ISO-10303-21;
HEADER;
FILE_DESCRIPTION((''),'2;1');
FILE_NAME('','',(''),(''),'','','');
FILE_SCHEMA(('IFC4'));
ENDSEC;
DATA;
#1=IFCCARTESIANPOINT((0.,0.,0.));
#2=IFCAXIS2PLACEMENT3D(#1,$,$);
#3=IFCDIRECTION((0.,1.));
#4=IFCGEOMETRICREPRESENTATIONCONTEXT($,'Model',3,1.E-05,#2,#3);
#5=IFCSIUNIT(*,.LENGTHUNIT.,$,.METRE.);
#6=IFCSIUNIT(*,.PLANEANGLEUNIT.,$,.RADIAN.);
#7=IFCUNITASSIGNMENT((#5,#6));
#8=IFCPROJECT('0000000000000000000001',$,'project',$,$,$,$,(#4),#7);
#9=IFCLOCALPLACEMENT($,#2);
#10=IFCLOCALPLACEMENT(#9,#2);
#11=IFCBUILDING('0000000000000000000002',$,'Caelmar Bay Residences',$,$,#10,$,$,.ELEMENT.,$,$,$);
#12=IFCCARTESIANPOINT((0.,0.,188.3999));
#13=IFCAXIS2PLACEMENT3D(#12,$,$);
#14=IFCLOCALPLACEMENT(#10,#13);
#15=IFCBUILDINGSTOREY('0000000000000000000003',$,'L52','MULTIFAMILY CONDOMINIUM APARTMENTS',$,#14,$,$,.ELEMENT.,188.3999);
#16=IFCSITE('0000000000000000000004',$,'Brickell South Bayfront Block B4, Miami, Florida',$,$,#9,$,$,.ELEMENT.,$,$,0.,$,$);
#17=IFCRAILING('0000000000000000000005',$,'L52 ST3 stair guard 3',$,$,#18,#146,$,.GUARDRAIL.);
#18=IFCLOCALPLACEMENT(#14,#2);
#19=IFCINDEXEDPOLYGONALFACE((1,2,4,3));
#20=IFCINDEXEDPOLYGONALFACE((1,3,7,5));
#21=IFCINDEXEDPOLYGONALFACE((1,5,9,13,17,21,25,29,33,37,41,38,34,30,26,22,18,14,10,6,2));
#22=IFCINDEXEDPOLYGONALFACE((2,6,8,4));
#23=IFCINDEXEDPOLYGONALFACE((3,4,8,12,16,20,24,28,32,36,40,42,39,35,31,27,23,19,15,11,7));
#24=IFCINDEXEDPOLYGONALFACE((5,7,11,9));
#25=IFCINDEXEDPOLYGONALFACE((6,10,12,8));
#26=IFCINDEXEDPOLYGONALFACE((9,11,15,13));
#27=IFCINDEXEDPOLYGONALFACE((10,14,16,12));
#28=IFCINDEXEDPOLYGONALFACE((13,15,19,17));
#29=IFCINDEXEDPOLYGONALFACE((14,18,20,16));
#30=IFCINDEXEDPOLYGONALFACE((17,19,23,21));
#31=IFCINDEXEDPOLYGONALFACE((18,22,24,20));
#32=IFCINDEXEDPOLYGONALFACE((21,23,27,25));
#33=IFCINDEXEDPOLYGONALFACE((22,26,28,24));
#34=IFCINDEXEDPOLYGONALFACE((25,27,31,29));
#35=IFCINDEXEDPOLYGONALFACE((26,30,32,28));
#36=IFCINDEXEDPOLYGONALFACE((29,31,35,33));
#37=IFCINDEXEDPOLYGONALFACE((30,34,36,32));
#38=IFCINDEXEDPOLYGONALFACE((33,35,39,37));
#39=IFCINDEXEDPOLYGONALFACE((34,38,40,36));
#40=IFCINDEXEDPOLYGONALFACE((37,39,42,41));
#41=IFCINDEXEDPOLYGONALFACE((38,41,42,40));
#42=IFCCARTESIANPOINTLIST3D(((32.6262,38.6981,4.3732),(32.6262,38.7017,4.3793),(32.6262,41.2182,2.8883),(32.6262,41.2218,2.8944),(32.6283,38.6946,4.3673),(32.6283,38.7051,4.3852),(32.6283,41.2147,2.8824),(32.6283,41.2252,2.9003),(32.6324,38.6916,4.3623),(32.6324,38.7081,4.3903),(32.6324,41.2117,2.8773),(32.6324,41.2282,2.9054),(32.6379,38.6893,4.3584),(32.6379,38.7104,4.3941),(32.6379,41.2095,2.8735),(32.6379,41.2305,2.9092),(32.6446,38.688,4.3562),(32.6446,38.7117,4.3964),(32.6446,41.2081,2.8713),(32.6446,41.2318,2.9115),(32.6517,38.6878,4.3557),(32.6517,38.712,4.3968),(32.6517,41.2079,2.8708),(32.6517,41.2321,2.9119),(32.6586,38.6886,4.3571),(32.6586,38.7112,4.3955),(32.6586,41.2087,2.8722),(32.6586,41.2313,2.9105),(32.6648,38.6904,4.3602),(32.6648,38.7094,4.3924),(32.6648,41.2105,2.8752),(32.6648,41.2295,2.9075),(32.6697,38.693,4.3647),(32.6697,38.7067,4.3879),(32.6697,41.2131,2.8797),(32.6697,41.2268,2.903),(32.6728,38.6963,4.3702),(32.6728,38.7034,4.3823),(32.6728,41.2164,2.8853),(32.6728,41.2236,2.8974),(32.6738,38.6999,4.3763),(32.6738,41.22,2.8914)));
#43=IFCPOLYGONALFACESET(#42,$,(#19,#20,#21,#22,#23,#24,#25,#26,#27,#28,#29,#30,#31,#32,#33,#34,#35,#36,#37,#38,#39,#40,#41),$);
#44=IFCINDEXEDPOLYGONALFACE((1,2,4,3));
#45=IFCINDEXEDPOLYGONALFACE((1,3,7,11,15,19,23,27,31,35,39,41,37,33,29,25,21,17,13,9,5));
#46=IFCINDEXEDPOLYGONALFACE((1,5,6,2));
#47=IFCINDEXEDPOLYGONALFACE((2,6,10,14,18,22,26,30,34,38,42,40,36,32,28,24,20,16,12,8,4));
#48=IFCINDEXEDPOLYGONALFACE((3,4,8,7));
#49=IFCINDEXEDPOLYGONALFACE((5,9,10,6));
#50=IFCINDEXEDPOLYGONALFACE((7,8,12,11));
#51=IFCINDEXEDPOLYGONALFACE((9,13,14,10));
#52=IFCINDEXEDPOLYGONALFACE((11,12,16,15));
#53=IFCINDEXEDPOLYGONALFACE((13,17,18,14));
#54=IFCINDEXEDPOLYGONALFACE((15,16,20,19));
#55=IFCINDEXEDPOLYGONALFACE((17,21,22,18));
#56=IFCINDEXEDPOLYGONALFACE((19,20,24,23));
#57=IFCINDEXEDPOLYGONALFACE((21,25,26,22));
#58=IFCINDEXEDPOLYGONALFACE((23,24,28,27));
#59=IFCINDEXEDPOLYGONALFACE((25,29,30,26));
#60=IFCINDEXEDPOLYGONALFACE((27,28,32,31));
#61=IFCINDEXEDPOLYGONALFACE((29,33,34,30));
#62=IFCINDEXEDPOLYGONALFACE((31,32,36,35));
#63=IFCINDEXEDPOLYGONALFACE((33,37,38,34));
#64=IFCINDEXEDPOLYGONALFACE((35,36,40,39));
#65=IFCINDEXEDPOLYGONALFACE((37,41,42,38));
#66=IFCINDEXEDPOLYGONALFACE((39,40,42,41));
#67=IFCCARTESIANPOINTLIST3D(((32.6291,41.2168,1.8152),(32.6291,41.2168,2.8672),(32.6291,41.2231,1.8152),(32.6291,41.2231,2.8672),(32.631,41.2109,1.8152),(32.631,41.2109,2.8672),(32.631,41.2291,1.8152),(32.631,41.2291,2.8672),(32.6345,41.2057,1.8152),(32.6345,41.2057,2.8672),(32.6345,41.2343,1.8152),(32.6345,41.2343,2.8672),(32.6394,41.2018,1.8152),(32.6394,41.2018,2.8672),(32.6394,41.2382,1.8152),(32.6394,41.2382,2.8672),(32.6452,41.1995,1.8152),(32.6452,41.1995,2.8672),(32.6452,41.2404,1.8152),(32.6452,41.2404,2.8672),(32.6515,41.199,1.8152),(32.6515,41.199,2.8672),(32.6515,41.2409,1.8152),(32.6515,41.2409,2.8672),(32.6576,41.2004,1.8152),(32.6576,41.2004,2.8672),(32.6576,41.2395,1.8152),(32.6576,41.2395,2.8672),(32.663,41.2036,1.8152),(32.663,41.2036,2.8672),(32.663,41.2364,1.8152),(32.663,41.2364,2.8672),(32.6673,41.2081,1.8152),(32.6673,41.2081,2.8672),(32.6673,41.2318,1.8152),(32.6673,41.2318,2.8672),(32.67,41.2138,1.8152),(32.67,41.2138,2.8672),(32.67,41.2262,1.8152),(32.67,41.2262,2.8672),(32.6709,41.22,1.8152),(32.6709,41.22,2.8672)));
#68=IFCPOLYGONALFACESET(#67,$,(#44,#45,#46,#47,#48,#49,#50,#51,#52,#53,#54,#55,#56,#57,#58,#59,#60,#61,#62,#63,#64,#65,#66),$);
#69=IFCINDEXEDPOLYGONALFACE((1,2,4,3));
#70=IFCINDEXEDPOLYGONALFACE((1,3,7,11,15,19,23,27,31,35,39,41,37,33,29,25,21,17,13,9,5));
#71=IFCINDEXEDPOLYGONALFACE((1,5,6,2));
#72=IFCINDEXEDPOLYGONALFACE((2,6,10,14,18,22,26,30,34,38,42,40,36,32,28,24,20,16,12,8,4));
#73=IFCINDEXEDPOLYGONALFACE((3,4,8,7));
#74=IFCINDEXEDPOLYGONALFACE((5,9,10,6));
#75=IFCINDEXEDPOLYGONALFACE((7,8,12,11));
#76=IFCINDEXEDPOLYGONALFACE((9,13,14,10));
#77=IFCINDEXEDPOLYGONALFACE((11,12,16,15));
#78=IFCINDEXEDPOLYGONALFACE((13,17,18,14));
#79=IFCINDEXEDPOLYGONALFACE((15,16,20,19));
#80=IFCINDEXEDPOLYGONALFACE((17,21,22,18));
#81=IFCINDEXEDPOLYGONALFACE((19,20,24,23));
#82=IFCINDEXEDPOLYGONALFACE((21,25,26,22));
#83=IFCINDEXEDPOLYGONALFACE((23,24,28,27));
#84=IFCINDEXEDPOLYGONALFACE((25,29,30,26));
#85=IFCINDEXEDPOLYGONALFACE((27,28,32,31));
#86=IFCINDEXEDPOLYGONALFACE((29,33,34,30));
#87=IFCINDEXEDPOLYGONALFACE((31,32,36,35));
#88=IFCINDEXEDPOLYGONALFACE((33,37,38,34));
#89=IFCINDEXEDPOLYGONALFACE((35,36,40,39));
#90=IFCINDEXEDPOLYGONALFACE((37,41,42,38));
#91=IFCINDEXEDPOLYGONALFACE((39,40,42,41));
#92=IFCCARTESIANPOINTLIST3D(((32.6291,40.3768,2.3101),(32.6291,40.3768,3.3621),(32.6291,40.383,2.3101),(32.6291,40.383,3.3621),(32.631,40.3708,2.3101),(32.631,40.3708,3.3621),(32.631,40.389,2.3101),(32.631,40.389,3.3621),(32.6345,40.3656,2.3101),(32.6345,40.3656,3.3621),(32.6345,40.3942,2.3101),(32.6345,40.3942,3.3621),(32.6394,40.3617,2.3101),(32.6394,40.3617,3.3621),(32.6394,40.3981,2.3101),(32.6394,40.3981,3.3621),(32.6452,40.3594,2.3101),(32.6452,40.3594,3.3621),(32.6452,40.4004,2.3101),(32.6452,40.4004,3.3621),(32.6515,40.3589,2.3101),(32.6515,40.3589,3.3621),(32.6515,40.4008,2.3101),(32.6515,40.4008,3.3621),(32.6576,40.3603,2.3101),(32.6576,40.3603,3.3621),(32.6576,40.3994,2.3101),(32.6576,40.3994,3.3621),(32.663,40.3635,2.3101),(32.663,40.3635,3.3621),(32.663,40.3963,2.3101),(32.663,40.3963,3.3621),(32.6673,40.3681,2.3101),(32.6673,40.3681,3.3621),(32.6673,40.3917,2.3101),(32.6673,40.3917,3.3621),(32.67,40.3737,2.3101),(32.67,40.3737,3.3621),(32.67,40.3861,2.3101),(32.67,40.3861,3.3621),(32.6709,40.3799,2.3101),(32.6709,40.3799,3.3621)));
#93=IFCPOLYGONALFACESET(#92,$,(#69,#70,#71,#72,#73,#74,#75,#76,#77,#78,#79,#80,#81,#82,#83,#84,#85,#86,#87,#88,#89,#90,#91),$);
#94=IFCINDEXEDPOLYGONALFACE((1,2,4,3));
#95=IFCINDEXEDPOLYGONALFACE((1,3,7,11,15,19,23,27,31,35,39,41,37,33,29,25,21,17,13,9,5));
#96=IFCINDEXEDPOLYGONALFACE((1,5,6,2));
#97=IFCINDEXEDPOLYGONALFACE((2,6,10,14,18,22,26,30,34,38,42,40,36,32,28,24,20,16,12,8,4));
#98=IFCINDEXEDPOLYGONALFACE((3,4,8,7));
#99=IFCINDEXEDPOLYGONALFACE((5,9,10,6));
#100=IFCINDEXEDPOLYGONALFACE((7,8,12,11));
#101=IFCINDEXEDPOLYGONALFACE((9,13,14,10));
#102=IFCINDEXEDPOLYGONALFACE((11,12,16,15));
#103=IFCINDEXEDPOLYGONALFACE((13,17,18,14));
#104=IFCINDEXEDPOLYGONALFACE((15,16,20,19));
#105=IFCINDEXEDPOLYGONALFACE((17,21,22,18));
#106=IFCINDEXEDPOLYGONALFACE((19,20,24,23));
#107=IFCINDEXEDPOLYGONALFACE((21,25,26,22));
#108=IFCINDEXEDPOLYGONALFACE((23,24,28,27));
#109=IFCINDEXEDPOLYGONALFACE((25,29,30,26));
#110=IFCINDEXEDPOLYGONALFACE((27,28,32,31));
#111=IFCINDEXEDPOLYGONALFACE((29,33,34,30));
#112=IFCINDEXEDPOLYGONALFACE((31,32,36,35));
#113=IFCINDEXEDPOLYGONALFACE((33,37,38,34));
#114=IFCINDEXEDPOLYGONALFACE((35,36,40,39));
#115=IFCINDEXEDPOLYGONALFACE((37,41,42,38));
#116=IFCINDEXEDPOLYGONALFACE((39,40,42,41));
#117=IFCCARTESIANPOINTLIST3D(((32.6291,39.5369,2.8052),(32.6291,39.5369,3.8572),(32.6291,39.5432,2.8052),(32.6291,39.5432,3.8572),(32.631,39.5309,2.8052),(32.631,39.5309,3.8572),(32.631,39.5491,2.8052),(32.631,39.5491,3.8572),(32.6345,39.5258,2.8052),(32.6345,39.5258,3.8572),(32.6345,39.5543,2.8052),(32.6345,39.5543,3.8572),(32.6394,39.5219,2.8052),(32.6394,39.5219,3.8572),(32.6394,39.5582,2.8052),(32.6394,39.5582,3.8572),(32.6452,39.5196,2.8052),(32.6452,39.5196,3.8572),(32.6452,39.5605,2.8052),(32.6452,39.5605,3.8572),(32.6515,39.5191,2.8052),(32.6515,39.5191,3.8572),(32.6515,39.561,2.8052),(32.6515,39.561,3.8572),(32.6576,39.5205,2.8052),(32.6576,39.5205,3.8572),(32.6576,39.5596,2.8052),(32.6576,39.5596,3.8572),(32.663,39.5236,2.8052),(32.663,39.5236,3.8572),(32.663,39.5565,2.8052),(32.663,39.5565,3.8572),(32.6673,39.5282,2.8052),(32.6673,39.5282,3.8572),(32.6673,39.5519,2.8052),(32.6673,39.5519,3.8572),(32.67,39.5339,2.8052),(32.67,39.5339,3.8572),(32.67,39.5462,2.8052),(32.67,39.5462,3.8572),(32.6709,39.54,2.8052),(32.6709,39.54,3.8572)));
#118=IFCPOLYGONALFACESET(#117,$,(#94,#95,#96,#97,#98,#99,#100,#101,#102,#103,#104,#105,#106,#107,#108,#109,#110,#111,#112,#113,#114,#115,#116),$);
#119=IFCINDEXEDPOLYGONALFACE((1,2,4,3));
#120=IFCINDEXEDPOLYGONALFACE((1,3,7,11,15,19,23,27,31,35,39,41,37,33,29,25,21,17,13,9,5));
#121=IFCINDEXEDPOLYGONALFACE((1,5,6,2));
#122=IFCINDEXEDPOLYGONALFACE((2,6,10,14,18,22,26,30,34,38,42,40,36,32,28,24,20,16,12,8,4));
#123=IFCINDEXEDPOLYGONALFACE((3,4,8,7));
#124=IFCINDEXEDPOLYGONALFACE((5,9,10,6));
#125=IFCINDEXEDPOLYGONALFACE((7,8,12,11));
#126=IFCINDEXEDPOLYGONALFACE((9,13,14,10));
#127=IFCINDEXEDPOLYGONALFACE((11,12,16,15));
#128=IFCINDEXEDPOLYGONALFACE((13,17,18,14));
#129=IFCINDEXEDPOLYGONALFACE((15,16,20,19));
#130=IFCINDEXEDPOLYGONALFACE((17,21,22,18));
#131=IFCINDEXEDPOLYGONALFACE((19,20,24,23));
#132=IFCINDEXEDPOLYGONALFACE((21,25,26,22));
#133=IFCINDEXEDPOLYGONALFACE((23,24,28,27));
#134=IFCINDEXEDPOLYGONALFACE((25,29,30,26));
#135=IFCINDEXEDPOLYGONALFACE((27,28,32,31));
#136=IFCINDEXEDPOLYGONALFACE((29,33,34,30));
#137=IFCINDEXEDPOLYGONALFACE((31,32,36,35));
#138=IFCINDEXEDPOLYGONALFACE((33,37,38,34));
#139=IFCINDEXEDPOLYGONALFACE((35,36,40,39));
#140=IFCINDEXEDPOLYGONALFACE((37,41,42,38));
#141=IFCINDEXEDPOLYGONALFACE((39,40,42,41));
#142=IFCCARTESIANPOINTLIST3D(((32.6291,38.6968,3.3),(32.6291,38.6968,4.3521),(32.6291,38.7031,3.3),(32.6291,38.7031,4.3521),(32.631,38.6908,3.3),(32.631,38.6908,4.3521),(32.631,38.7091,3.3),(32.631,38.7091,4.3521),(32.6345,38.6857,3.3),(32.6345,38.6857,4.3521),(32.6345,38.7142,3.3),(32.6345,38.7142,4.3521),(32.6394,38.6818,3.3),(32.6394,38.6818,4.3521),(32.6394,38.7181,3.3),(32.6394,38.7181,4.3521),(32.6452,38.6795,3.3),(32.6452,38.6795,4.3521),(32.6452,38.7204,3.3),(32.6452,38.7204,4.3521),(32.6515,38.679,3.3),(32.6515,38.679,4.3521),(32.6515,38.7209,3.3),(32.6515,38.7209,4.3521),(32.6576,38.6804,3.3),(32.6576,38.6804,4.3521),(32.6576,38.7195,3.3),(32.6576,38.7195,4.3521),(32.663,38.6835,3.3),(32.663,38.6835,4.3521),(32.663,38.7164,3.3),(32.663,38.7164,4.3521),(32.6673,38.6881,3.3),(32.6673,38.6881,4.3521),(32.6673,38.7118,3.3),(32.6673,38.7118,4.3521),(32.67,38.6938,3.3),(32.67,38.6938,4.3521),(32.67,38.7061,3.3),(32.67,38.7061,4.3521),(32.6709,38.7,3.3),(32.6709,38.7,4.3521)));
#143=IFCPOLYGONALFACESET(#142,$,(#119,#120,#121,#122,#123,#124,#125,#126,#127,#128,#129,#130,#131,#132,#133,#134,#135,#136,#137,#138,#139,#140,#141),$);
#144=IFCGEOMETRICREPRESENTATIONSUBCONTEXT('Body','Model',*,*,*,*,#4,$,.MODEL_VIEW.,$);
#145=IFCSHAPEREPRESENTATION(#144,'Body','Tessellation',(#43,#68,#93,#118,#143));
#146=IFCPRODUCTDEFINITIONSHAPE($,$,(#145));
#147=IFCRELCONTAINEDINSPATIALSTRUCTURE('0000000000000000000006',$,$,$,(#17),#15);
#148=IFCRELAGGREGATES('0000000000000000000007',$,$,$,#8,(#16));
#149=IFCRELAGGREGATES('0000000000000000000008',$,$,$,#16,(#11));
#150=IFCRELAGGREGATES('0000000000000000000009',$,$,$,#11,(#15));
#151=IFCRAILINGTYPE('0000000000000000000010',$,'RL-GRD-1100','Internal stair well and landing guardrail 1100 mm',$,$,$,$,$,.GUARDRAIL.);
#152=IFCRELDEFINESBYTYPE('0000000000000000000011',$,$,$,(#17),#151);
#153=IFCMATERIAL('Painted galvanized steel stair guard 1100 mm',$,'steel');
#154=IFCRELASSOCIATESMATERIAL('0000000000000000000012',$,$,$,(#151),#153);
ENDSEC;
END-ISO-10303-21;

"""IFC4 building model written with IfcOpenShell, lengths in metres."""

from ifc_helpers import new_model, si_unit, direction, frame, origin, origin_2d, place, context, subcontext, project, spatial, circle, extrude, material, type_object, element, save


model = new_model("IFC4")

# Units and contexts
model_context = context("Model", 3, precision=1e-05, world=origin(), true_north=direction((0.0, 1.0)))
body_context = subcontext(model_context, "Body", "Model", "MODEL_VIEW")
ifc_project = project(units=[si_unit("LENGTHUNIT", "METRE"), si_unit("PLANEANGLEUNIT", "RADIAN")], contexts=[model_context])

# Site, building, storey
site_placement = place(None, origin())
site = spatial("IfcSite", under=ifc_project, at=site_placement, Name="Brickell South Bayfront Block B4, Miami, Florida", CompositionType="ELEMENT", RefElevation=0.0)
building_placement = place(site_placement, origin())
building = spatial("IfcBuilding", under=site, at=building_placement, Name="Caelmar Bay Residences", CompositionType="ELEMENT")
storey_placement = place(building_placement, frame((0.0, 0.0, 188.3999)))
storey = spatial("IfcBuildingStorey", under=building, at=storey_placement, Name="L52", Description="MULTIFAMILY CONDOMINIUM APARTMENTS", CompositionType="ELEMENT", Elevation=188.3999)

# Railing
ifc_material_1 = material(Name="Painted galvanized steel stair guard 1100 mm", Category="steel")
railing_type_1 = type_object("IfcRailingType", Name="RL-GRD-1100", Description="Internal stair well and landing guardrail 1100 mm", PredefinedType="GUARDRAIL", material=ifc_material_1)
railing_1_placement = place(storey_placement, frame((32.6499, 41.22, 1.8152)))
element("IfcRailing", 1, at=railing_1_placement, inside=storey, type_object=railing_type_1, Name="L52 ST3 stair guard 3", PredefinedType="GUARDRAIL", context=body_context, shape_type="SweptSolid", body=[
    extrude(circle(Radius=0.0239, at=origin_2d()), frame((0.0, 0.0, 1.0762), z_axis=(0.0, -0.861561, 0.507655), x_axis=(1.0, 0.0, 0.0)), (0.0, 0.0, 1.0), 2.925),
    extrude(circle(Radius=0.021, at=origin_2d()), origin(), (0.0, 0.0, 1.0), 1.052),
    extrude(circle(Radius=0.021, at=origin_2d()), frame((0.0, -0.8401, 0.4949)), (0.0, 0.0, 1.0), 1.052),
    extrude(circle(Radius=0.021, at=origin_2d()), frame((0.0, -1.6799, 0.99)), (0.0, 0.0, 1.0), 1.052),
    extrude(circle(Radius=0.021, at=origin_2d()), frame((0.0, -2.52, 1.4849)), (0.0, 0.0, 1.0), 1.052),
])

save(model, "model.ifc")
